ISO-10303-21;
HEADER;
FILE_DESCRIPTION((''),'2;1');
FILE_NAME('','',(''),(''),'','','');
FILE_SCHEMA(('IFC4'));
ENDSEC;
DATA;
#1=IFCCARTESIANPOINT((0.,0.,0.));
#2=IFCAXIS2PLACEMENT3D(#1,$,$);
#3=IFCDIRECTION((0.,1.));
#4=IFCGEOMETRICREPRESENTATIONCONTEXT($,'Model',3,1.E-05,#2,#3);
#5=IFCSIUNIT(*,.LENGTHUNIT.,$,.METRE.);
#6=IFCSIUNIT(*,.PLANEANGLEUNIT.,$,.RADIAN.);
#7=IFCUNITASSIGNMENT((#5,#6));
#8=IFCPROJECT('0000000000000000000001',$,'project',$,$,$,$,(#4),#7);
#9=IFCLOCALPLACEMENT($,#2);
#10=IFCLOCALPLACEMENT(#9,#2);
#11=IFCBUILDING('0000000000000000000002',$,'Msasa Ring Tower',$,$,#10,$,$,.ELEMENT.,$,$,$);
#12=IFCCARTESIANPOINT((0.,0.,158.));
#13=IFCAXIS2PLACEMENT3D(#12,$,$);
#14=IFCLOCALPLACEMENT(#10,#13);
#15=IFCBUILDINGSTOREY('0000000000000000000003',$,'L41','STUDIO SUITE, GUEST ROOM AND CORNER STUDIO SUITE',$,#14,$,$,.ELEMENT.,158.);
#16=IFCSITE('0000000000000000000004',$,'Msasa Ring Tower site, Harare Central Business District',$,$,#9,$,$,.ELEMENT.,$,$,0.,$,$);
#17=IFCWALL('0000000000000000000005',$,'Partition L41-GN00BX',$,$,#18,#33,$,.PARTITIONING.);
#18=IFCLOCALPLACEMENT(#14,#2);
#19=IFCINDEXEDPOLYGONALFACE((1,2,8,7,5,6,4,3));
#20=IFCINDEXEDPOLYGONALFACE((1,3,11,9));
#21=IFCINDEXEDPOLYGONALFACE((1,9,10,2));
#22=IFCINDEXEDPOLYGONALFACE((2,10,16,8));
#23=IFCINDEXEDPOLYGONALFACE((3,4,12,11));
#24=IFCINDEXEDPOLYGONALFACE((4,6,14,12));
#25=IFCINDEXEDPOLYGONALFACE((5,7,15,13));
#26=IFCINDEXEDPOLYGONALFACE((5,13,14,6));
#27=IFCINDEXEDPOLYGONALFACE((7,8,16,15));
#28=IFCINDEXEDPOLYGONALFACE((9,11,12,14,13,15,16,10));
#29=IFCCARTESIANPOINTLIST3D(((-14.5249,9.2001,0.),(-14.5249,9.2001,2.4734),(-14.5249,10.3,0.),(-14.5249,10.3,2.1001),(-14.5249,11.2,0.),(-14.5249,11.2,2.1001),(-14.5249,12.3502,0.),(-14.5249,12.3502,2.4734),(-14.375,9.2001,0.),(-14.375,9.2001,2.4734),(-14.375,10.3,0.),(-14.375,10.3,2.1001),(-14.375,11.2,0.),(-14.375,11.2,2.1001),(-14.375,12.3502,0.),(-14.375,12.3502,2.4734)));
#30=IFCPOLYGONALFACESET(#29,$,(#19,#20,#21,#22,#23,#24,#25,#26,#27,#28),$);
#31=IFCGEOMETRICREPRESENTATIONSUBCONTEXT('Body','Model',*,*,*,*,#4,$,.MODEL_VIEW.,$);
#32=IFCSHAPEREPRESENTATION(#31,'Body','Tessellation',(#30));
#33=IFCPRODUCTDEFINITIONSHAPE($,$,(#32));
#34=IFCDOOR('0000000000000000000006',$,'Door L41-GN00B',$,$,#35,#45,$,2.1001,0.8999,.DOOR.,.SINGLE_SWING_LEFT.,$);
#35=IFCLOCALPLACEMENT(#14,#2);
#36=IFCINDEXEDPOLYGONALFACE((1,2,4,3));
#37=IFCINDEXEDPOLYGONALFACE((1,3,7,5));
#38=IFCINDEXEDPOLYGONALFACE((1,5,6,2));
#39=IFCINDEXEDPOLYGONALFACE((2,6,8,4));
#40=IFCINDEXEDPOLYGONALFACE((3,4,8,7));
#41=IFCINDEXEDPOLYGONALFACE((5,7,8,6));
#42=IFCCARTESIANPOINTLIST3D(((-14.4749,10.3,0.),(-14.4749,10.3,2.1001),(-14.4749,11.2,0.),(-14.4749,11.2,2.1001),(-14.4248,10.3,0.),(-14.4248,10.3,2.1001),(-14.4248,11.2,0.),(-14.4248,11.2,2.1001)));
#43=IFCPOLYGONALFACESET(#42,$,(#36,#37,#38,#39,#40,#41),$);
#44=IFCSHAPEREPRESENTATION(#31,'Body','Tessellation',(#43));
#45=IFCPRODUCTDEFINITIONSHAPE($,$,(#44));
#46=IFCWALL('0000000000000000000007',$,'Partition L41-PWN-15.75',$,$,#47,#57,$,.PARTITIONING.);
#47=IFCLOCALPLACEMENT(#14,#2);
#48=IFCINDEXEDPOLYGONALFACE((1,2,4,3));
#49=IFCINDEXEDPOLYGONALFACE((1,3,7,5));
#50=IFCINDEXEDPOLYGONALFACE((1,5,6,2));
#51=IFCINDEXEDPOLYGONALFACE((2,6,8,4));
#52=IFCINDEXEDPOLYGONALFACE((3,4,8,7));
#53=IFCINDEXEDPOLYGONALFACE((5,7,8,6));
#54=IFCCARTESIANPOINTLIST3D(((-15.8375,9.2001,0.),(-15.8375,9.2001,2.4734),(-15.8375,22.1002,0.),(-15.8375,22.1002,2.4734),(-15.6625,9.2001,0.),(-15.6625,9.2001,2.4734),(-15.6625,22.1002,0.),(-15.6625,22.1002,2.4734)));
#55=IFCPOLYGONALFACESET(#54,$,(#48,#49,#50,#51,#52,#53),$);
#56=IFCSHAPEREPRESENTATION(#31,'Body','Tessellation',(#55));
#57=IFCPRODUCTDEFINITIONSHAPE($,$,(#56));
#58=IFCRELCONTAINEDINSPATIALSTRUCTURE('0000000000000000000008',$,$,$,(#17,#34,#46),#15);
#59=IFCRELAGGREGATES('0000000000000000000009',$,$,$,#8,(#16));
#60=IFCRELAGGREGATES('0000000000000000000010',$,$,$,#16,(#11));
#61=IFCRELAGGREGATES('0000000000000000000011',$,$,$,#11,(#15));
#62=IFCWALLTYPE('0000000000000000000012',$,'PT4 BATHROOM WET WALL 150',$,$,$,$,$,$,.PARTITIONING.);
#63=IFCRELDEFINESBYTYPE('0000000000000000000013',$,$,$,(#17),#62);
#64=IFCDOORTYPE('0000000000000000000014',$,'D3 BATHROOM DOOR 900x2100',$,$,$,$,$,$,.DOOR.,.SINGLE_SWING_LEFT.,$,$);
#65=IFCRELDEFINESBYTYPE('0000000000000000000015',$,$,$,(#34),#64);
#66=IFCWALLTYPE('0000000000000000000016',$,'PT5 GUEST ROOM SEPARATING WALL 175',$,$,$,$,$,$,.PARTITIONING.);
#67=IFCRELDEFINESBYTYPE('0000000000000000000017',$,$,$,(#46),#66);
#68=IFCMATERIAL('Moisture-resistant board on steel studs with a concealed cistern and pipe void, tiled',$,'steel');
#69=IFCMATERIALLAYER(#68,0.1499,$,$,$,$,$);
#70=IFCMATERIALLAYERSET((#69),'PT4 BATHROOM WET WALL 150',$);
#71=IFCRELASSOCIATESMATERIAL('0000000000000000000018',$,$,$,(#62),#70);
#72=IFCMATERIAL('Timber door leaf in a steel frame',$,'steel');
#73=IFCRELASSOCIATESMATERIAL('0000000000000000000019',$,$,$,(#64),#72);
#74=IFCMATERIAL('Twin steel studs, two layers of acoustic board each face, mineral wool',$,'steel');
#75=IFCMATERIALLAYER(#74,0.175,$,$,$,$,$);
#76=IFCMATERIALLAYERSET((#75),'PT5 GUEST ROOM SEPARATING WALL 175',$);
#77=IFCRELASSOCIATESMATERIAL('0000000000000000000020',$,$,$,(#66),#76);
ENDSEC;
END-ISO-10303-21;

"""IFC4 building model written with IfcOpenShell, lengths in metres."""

from ifc_helpers import new_model, si_unit, direction, frame, frame_2d, origin, place, context, subcontext, project, spatial, rectangle, extrude, material, layer, layer_set, type_object, element, fill, save


model = new_model("IFC4")

# Units and contexts
model_context = context("Model", 3, precision=1e-05, world=origin(), true_north=direction((0.0, 1.0)))
body_context = subcontext(model_context, "Body", "Model", "MODEL_VIEW")
ifc_project = project(units=[si_unit("LENGTHUNIT", "METRE"), si_unit("PLANEANGLEUNIT", "RADIAN")], contexts=[model_context])

# Site, building, storey
site_placement = place(None, origin())
site = spatial("IfcSite", under=ifc_project, at=site_placement, Name="Msasa Ring Tower site, Harare Central Business District", CompositionType="ELEMENT", RefElevation=0.0)
building_placement = place(site_placement, origin())
building = spatial("IfcBuilding", under=site, at=building_placement, Name="Msasa Ring Tower", CompositionType="ELEMENT")
storey_placement = place(building_placement, frame((0.0, 0.0, 158.0)))
storey = spatial("IfcBuildingStorey", under=building, at=storey_placement, Name="L41", Description="STUDIO SUITE, GUEST ROOM AND CORNER STUDIO SUITE", CompositionType="ELEMENT", Elevation=158.0)

# Wall, opening, door
ifc_material_1 = material(Name="Moisture-resistant board on steel studs with a concealed cistern and pipe void, tiled", Category="steel")
ifc_layer_1 = layer(ifc_material_1, 0.1499)
ifc_layer_set_1 = layer_set([ifc_layer_1], Name="PT4 BATHROOM WET WALL 150")
wall_type_1 = type_object("IfcWallType", Name="PT4 BATHROOM WET WALL 150", PredefinedType="PARTITIONING", material=ifc_layer_set_1)
wall_1_placement = place(storey_placement, frame((-14.45, 9.2, 0.0), z_axis=(0.0, 0.0, 1.0), x_axis=(0.0, 1.0, 0.0)))
wall_1 = element("IfcWall", 1, at=wall_1_placement, inside=storey, type_object=wall_type_1, Name="Partition L41-GN00BX", PredefinedType="PARTITIONING", context=body_context, shape_type="SweptSolid", body=[
    extrude(rectangle(XDim=3.1501, YDim=0.1499, at=frame_2d((1.5752, 0.0))), origin(), (0.0, 0.0, 1.0), 2.4734),
])
opening_1_placement = place(wall_1_placement, frame((1.1001, 0.0, 0.0)))
opening_1 = element("IfcOpeningElement", 2, at=opening_1_placement, cuts=wall_1, PredefinedType="OPENING", context=body_context, shape_type="SweptSolid", body=[
    extrude(rectangle(XDim=0.8999, YDim=2.1001, at=frame_2d((0.45, 1.05))), frame((0.0, 0.085, 0.0), z_axis=(0.0, -1.0, 0.0), x_axis=(1.0, 0.0, 0.0)), (0.0, 0.0, 1.0), 0.1699),
])
ifc_material_2 = material(Name="Timber door leaf in a steel frame", Category="steel")
door_type_1 = type_object("IfcDoorType", Name="D3 BATHROOM DOOR 900x2100", OperationType="SINGLE_SWING_LEFT", PredefinedType="DOOR", material=ifc_material_2)
door_1_placement = place(opening_1_placement, origin())
door_1 = element("IfcDoor", 3, at=door_1_placement, inside=storey, type_object=door_type_1, Name="Door L41-GN00B", OperationType="SINGLE_SWING_LEFT", OverallHeight=2.1001, OverallWidth=0.8999, PredefinedType="DOOR", context=body_context, shape_type="SweptSolid", body=[
    extrude(rectangle(XDim=0.8999, YDim=2.1001, at=frame_2d((0.45, 1.05))), frame((0.0, 0.0249, 0.0), z_axis=(0.0, -1.0, 0.0), x_axis=(1.0, 0.0, 0.0)), (0.0, 0.0, 1.0), 0.05),
])
fill(opening_1, door_1)

# Wall
ifc_material_3 = material(Name="Twin steel studs, two layers of acoustic board each face, mineral wool", Category="steel")
ifc_layer_2 = layer(ifc_material_3, 0.175)
ifc_layer_set_2 = layer_set([ifc_layer_2], Name="PT5 GUEST ROOM SEPARATING WALL 175")
wall_type_2 = type_object("IfcWallType", Name="PT5 GUEST ROOM SEPARATING WALL 175", PredefinedType="PARTITIONING", material=ifc_layer_set_2)
wall_2_placement = place(storey_placement, frame((-15.75, 9.2, 0.0), z_axis=(0.0, 0.0, 1.0), x_axis=(0.0, 1.0, 0.0)))
element("IfcWall", 4, at=wall_2_placement, inside=storey, type_object=wall_type_2, Name="Partition L41-PWN-15.75", PredefinedType="PARTITIONING", context=body_context, shape_type="SweptSolid", body=[
    extrude(rectangle(XDim=12.9001, YDim=0.175, at=frame_2d((6.4502, 0.0))), origin(), (0.0, 0.0, 1.0), 2.4734),
])

save(model, "model.ifc")
